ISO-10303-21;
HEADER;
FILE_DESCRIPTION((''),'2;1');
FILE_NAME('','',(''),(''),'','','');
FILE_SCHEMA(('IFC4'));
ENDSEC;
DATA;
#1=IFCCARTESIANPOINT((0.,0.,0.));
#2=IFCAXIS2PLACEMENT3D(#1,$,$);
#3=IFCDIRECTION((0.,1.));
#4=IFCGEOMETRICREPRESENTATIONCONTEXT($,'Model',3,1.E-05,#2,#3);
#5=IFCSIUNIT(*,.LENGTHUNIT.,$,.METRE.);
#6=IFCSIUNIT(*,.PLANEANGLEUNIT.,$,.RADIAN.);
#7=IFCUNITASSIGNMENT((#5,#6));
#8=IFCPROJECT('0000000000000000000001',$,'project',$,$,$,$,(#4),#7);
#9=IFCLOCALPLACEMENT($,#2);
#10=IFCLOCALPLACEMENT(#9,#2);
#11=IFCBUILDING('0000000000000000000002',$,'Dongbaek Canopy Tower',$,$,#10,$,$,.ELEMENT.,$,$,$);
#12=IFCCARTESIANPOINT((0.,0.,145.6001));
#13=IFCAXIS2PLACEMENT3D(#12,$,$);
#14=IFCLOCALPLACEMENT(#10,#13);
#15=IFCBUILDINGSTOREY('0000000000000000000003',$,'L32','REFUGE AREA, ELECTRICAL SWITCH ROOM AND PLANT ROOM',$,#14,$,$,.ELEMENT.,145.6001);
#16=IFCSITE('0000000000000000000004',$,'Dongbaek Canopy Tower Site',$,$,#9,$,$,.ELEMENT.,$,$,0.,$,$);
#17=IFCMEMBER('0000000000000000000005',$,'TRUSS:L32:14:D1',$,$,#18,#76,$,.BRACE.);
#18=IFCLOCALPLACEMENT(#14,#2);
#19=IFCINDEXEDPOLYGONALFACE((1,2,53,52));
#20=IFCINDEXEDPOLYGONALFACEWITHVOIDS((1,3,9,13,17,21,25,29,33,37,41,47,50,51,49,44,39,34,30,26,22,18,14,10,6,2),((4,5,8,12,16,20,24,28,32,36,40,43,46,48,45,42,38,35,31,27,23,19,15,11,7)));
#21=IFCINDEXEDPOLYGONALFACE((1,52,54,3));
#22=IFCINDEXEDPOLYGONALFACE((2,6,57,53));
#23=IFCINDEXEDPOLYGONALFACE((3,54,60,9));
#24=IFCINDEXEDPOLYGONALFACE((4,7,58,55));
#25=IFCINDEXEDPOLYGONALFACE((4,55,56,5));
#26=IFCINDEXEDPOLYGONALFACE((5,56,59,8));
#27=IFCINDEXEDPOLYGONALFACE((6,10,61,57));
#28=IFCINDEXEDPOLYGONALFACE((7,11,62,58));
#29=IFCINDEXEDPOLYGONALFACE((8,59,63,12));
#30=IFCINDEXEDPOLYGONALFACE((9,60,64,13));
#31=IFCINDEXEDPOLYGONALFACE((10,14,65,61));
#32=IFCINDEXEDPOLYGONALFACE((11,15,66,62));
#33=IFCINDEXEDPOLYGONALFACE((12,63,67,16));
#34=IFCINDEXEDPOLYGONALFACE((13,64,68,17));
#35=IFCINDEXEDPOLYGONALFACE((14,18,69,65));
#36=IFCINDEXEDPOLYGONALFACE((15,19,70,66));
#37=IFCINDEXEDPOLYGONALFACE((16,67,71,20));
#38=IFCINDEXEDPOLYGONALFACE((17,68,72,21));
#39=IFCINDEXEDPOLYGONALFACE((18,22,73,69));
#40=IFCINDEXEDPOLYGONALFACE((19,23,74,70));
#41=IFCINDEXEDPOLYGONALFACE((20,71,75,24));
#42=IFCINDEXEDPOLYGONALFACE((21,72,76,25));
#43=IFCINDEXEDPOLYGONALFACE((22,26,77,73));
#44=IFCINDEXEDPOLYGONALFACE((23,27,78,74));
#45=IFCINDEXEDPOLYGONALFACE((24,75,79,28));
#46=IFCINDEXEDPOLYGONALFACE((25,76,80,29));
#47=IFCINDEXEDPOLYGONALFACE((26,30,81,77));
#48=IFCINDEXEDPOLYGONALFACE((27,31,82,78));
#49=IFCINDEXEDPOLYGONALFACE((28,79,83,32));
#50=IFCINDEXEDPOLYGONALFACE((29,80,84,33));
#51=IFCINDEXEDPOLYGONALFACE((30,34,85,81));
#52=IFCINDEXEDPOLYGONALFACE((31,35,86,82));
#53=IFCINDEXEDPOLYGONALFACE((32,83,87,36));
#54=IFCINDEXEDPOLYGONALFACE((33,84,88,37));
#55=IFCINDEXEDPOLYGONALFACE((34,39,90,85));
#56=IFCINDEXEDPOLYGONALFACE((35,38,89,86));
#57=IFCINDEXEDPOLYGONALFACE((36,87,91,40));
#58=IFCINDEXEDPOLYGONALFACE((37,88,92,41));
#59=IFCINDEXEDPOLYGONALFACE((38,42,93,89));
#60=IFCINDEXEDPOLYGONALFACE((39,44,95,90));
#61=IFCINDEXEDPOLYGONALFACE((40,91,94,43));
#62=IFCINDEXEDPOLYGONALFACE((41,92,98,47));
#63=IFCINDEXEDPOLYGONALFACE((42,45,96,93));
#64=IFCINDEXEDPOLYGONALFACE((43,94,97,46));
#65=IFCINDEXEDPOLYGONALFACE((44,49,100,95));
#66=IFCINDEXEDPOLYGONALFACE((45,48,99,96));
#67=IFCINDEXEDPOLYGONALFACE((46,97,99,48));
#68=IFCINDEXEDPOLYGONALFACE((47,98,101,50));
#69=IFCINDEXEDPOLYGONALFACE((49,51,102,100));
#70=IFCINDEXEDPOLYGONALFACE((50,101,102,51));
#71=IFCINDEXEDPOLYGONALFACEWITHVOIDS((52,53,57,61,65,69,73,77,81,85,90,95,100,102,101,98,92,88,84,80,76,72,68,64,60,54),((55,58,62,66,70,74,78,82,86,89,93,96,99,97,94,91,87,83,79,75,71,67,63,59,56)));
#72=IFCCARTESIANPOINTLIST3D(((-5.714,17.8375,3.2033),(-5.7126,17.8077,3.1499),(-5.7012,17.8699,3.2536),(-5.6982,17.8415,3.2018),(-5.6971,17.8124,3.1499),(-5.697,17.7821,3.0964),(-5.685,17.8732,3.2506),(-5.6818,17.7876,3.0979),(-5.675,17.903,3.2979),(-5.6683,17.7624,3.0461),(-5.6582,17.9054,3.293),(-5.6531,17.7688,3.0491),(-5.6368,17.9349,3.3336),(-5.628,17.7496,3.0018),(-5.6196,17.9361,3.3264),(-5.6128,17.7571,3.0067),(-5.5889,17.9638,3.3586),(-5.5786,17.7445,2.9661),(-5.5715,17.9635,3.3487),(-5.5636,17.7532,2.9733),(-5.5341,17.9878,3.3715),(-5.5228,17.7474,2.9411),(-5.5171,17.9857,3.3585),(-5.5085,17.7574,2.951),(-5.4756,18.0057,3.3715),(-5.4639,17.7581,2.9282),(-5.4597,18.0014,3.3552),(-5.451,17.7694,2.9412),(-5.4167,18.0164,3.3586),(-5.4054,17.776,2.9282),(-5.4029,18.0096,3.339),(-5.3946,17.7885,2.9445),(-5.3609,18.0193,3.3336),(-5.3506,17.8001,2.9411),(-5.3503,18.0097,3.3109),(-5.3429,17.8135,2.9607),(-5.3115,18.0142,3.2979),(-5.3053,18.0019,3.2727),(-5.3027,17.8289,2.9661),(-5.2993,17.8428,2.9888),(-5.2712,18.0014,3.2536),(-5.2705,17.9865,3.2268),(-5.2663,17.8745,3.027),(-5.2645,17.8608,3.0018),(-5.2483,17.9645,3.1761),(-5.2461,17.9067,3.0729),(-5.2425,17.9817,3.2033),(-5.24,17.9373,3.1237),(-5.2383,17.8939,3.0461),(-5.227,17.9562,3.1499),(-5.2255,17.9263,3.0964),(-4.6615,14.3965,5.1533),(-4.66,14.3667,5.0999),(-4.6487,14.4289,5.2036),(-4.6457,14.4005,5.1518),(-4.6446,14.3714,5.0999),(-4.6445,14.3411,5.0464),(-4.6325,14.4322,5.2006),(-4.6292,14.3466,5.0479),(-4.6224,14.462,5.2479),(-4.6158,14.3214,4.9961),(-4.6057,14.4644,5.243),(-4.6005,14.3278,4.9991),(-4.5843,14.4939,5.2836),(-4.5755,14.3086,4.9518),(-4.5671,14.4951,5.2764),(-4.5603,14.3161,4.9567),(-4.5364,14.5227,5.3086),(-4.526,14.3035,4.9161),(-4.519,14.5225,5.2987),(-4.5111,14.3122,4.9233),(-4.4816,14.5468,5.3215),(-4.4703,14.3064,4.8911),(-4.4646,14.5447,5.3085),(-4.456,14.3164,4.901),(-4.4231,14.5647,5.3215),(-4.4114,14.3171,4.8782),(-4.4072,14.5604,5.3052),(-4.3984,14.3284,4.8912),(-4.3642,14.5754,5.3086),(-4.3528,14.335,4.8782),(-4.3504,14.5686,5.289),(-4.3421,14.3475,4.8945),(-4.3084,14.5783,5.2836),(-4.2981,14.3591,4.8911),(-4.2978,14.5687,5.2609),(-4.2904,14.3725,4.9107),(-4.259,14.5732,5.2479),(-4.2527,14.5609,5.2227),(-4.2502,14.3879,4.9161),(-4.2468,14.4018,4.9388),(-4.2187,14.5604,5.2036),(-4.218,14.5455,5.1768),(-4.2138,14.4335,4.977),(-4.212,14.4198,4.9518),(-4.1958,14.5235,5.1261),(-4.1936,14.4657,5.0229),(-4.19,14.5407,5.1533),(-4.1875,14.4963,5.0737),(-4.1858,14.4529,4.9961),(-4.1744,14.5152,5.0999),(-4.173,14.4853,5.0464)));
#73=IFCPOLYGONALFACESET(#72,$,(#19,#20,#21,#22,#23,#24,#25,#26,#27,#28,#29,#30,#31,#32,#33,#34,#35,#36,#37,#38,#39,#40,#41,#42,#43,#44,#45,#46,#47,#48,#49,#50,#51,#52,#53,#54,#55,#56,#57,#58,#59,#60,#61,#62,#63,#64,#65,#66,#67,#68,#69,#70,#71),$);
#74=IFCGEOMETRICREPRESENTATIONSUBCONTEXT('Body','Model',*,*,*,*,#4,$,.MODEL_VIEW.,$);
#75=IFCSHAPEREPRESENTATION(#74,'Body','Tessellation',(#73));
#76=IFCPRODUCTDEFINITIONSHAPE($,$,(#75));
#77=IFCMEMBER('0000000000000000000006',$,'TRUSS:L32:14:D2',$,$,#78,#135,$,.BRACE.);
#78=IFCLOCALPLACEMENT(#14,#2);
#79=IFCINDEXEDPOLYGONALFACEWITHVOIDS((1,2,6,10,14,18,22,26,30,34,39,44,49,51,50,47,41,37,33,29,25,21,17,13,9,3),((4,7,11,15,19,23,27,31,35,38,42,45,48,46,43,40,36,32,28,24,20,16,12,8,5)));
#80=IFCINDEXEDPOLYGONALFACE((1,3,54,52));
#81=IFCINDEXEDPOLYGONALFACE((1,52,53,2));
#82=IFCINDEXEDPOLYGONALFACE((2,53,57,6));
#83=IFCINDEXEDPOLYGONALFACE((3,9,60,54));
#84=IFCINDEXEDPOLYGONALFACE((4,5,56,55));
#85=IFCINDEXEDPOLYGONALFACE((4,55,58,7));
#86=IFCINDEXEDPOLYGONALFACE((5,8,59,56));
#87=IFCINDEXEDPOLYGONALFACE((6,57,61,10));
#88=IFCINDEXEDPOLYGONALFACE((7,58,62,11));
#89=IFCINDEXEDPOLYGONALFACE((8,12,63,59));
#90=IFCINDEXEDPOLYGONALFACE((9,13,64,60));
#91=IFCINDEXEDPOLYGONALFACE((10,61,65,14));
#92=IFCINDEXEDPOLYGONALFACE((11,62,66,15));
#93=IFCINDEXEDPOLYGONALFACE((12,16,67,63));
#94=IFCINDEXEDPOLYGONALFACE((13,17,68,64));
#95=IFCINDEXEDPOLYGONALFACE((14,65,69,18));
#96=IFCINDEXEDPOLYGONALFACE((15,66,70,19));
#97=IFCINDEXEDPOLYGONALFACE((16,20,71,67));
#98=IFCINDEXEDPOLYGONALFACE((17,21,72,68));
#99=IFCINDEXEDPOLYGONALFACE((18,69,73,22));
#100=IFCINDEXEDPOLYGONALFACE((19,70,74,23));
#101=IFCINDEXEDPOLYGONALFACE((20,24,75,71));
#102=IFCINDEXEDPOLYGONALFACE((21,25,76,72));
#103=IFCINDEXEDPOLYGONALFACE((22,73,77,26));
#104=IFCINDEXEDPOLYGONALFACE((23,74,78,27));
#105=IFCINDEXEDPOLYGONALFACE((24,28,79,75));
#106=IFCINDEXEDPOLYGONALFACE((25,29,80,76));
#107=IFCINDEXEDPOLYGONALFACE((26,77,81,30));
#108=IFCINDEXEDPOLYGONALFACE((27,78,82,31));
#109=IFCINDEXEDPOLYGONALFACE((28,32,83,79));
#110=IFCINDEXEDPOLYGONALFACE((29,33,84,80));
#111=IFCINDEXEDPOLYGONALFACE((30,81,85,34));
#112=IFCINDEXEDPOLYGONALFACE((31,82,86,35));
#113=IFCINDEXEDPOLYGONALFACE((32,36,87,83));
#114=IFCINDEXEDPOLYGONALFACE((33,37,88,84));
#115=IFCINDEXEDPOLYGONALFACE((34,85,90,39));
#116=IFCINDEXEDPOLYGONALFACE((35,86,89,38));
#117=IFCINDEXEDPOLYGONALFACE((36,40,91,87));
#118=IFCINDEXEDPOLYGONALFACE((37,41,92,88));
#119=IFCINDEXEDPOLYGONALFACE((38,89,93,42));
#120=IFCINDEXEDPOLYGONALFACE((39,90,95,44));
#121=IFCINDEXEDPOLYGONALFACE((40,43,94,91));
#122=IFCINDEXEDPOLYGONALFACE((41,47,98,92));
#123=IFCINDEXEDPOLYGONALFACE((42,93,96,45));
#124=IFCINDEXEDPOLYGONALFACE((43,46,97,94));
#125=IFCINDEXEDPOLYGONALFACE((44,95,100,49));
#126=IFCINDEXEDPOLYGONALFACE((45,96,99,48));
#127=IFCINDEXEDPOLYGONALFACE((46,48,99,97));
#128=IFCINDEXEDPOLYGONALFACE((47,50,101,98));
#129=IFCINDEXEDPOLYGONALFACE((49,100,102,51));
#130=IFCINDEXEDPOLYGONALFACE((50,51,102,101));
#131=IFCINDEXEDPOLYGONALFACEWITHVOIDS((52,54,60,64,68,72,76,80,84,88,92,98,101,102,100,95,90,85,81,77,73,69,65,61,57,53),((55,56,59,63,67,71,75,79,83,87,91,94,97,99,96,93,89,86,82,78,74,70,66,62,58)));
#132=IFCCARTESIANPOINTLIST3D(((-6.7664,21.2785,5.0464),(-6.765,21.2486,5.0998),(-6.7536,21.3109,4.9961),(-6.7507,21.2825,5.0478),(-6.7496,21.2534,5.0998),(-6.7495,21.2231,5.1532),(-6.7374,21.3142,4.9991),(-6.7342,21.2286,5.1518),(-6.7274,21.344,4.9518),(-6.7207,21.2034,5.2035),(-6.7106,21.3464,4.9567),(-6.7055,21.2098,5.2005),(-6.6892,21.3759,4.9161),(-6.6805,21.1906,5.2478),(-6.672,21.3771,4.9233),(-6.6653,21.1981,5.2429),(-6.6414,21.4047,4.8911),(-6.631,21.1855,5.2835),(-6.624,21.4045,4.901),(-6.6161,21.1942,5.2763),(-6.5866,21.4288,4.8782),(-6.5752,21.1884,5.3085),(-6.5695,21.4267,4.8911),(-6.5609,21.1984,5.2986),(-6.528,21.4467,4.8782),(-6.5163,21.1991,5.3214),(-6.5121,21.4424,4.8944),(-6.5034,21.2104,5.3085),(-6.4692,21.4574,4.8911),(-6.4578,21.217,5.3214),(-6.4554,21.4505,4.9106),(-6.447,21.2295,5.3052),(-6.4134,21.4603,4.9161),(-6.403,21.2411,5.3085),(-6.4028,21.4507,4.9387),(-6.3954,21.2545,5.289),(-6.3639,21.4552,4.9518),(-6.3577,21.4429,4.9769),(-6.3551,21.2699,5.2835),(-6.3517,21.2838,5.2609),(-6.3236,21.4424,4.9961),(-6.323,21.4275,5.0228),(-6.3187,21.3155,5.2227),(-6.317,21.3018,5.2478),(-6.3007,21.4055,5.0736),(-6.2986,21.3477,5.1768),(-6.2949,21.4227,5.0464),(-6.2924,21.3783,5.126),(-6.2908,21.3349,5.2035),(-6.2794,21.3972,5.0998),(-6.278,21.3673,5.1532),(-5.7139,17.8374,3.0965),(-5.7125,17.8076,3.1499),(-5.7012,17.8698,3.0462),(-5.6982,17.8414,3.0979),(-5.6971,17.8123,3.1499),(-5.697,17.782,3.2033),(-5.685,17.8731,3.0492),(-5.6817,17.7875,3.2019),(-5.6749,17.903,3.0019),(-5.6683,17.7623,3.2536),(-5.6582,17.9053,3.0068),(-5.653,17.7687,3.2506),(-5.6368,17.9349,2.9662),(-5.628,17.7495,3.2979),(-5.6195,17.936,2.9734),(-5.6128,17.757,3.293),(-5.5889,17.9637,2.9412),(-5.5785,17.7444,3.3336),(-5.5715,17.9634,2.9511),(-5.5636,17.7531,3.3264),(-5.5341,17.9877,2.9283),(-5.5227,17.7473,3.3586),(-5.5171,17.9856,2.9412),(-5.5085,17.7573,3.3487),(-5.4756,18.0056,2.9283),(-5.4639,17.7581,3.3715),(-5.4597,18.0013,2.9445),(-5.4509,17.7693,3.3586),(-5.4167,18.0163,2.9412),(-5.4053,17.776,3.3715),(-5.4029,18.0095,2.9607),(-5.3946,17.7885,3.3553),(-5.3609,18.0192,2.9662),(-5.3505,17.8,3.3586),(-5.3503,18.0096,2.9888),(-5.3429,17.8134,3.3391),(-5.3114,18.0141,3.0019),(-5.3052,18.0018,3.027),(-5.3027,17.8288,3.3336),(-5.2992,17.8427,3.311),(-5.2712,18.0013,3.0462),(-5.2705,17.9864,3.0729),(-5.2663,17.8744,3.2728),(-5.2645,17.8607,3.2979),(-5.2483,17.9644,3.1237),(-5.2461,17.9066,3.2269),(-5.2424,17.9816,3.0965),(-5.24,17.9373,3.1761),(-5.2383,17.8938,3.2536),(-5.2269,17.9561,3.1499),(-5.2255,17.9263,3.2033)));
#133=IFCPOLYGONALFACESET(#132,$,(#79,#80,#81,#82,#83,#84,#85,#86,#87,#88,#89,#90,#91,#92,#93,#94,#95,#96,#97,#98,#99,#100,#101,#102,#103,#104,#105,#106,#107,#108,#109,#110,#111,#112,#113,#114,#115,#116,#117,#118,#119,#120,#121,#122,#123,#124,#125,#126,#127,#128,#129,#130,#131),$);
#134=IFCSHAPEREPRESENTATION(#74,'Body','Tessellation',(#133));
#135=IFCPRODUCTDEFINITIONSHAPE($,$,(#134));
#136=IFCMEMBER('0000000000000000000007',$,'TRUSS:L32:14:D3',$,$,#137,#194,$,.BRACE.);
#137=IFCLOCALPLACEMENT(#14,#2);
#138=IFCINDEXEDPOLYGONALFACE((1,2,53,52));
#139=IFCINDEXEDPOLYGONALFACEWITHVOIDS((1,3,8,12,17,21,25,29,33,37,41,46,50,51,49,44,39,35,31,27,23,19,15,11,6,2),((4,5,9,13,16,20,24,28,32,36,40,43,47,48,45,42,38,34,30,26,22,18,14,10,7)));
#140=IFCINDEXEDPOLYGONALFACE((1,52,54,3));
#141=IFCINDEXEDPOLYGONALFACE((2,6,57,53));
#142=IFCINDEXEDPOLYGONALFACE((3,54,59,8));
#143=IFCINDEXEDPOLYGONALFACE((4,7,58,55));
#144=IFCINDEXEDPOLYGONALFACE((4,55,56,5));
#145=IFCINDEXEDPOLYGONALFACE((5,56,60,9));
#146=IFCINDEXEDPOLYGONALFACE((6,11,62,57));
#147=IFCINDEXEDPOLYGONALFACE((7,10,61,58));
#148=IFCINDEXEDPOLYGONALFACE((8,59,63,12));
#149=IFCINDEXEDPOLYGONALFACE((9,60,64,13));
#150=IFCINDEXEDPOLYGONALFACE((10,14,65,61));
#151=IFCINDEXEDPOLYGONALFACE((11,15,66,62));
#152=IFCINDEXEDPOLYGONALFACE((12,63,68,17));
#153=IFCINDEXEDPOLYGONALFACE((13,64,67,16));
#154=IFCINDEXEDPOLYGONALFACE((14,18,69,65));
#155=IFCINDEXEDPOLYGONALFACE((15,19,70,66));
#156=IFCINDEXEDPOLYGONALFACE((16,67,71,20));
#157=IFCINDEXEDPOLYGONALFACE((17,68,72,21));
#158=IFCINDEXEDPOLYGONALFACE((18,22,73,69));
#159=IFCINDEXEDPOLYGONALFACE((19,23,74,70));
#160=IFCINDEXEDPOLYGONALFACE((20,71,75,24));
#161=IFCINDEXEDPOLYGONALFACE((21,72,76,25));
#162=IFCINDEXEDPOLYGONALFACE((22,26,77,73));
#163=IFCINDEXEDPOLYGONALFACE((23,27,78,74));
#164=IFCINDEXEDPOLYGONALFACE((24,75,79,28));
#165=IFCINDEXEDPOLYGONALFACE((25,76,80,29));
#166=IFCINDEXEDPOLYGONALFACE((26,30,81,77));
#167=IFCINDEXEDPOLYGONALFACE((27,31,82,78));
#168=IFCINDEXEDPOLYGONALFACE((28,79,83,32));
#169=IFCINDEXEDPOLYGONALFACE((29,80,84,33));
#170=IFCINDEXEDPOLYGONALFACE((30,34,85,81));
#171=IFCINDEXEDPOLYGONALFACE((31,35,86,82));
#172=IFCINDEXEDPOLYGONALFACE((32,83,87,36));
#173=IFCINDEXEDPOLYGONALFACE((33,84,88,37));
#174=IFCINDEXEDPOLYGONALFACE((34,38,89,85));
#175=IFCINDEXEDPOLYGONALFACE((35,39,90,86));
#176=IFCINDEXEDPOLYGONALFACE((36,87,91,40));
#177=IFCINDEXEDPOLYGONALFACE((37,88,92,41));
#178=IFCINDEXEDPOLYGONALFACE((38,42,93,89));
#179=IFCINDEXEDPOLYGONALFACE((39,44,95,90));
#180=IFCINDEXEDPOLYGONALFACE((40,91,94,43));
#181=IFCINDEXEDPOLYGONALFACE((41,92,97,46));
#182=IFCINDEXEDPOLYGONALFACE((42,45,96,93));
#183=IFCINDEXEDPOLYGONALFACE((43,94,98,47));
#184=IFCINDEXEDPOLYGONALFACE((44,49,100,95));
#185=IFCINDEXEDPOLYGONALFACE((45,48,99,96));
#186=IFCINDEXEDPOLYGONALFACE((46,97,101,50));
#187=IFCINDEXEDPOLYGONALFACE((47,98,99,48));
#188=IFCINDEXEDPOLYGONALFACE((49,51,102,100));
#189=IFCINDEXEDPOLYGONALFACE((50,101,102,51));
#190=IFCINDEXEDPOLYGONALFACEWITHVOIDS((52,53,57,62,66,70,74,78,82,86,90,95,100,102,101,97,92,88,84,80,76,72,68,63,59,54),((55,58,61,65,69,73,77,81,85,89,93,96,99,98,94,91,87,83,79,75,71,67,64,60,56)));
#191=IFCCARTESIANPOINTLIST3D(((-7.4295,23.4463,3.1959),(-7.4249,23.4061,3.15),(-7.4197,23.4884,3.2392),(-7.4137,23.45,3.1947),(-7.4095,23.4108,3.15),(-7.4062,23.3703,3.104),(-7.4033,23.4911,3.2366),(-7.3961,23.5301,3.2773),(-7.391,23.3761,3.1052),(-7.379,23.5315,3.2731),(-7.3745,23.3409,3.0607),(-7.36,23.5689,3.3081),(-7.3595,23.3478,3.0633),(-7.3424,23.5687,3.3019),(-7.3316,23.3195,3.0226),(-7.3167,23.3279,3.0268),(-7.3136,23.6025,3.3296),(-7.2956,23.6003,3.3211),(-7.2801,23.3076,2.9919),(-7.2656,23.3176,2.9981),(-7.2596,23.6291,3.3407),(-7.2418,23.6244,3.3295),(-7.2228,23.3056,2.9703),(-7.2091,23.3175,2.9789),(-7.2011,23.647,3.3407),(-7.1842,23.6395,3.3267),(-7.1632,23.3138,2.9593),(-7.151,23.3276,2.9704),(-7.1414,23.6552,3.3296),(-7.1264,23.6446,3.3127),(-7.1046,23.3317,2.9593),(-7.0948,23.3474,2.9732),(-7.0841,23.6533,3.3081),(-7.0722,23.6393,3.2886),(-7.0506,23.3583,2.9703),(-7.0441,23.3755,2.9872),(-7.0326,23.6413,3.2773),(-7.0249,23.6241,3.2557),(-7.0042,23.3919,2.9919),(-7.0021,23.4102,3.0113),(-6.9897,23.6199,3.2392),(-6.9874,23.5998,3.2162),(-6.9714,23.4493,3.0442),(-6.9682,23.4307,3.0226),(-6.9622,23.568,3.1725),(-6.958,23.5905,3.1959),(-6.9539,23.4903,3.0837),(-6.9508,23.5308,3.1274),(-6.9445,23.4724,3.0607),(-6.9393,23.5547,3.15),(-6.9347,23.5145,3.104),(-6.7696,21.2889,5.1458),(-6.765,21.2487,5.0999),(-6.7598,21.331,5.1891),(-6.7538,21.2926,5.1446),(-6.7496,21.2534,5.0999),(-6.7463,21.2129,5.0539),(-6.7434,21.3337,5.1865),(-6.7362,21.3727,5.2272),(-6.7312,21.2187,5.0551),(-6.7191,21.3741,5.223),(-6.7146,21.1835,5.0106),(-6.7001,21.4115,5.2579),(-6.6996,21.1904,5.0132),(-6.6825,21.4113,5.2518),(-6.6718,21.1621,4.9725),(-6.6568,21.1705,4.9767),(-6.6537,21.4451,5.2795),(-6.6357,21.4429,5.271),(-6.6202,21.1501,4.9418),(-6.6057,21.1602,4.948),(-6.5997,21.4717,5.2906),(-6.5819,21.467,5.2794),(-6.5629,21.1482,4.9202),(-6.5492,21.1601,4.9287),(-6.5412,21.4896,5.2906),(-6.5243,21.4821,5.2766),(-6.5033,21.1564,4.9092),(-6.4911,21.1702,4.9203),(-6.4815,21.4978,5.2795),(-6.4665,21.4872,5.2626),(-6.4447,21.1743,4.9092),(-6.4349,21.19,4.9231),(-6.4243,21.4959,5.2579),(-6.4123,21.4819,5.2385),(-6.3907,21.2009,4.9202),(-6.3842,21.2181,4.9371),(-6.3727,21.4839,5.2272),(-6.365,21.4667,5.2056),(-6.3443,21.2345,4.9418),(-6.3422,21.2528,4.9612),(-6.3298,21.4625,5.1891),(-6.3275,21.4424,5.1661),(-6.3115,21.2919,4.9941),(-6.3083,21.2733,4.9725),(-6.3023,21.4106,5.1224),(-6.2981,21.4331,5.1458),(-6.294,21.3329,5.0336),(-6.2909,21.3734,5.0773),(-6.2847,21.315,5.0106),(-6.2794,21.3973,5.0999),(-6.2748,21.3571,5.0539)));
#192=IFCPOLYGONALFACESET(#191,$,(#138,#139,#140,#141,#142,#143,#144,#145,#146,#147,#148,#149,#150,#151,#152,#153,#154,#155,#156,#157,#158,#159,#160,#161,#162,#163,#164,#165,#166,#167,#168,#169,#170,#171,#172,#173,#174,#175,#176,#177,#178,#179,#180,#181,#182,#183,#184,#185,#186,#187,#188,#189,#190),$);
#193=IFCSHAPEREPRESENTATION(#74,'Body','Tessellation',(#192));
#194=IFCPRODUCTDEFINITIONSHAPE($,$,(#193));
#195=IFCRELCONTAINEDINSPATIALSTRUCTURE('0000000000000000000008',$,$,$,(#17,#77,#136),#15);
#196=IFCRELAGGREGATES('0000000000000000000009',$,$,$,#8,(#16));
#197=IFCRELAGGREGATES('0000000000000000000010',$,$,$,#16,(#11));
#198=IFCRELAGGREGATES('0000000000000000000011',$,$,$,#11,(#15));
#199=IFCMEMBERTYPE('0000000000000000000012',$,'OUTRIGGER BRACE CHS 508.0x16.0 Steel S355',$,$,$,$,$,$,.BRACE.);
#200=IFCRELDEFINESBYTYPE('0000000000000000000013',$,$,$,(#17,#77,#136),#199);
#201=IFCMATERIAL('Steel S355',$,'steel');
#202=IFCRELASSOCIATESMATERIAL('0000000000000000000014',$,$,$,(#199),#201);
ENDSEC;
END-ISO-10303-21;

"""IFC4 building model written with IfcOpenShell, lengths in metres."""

from ifc_helpers import new_model, si_unit, direction, frame, origin, origin_2d, place, context, subcontext, project, spatial, hollow_circle, extrude, material, material_profile, profile_set, type_object, element, save


model = new_model("IFC4")

# Units and contexts
model_context = context("Model", 3, precision=1e-05, world=origin(), true_north=direction((0.0, 1.0)))
body_context = subcontext(model_context, "Body", "Model", "MODEL_VIEW")
ifc_project = project(units=[si_unit("LENGTHUNIT", "METRE"), si_unit("PLANEANGLEUNIT", "RADIAN")], contexts=[model_context])

# Site, building, storey
site_placement = place(None, origin())
site = spatial("IfcSite", under=ifc_project, at=site_placement, Name="Dongbaek Canopy Tower Site", CompositionType="ELEMENT", RefElevation=0.0)
building_placement = place(site_placement, origin())
building = spatial("IfcBuilding", under=site, at=building_placement, Name="Dongbaek Canopy Tower", CompositionType="ELEMENT")
storey_placement = place(building_placement, frame((0.0, 0.0, 145.6001)))
storey = spatial("IfcBuildingStorey", under=building, at=storey_placement, Name="L32", Description="REFUGE AREA, ELECTRICAL SWITCH ROOM AND PLANT ROOM", CompositionType="ELEMENT", Elevation=145.6001)

# Members
ifc_material_1 = material(Name="Steel S355", Category="steel")
ifc_material_profile_1 = material_profile(ifc_material_1, hollow_circle(Radius=0.2539, WallThickness=0.0161, at=origin_2d()), Name="OUTRIGGER BRACE CHS 508.0x16.0 Steel S355")
ifc_profile_set_1 = profile_set([ifc_material_profile_1], Name="Steel S355")
member_type_1 = type_object("IfcMemberType", Name="OUTRIGGER BRACE CHS 508.0x16.0 Steel S355", PredefinedType="BRACE", material=ifc_profile_set_1)
for number, where, z_axis, x_axis, name in (
    (1, (-4.4172, 14.4409, 5.0999), (-0.257165, 0.840751, -0.476449), (-0.956266, -0.292498, 0.0), "TRUSS:L32:14:D1"),
    (2, (-5.4697, 17.8818, 3.1499), (-0.257152, 0.840769, 0.476426), (-0.956272, -0.292479, 0.0), "TRUSS:L32:14:D2"),
):
    element("IfcMember", number, at=place(storey_placement, frame(where, z_axis=z_axis, x_axis=x_axis)), inside=storey, type_object=member_type_1, Name=name, PredefinedType="BRACE", context=body_context, shape_type="SweptSolid", body=[
        extrude(hollow_circle(Radius=0.2539, WallThickness=0.0161, at=origin_2d()), origin(), (0.0, 0.0, 1.0), 4.0928),
    ])
member_1_placement = place(storey_placement, frame((-6.5222, 21.323, 5.0999), z_axis=(-0.221297, 0.723492, -0.653902), x_axis=(-0.956267, -0.292496, 0.0)))
element("IfcMember", 3, at=member_1_placement, inside=storey, type_object=member_type_1, Name="TRUSS:L32:14:D3", PredefinedType="BRACE", context=body_context, shape_type="SweptSolid", body=[
    extrude(hollow_circle(Radius=0.2539, WallThickness=0.0161, at=origin_2d()), origin(), (0.0, 0.0, 1.0), 2.9819),
])

save(model, "model.ifc")
